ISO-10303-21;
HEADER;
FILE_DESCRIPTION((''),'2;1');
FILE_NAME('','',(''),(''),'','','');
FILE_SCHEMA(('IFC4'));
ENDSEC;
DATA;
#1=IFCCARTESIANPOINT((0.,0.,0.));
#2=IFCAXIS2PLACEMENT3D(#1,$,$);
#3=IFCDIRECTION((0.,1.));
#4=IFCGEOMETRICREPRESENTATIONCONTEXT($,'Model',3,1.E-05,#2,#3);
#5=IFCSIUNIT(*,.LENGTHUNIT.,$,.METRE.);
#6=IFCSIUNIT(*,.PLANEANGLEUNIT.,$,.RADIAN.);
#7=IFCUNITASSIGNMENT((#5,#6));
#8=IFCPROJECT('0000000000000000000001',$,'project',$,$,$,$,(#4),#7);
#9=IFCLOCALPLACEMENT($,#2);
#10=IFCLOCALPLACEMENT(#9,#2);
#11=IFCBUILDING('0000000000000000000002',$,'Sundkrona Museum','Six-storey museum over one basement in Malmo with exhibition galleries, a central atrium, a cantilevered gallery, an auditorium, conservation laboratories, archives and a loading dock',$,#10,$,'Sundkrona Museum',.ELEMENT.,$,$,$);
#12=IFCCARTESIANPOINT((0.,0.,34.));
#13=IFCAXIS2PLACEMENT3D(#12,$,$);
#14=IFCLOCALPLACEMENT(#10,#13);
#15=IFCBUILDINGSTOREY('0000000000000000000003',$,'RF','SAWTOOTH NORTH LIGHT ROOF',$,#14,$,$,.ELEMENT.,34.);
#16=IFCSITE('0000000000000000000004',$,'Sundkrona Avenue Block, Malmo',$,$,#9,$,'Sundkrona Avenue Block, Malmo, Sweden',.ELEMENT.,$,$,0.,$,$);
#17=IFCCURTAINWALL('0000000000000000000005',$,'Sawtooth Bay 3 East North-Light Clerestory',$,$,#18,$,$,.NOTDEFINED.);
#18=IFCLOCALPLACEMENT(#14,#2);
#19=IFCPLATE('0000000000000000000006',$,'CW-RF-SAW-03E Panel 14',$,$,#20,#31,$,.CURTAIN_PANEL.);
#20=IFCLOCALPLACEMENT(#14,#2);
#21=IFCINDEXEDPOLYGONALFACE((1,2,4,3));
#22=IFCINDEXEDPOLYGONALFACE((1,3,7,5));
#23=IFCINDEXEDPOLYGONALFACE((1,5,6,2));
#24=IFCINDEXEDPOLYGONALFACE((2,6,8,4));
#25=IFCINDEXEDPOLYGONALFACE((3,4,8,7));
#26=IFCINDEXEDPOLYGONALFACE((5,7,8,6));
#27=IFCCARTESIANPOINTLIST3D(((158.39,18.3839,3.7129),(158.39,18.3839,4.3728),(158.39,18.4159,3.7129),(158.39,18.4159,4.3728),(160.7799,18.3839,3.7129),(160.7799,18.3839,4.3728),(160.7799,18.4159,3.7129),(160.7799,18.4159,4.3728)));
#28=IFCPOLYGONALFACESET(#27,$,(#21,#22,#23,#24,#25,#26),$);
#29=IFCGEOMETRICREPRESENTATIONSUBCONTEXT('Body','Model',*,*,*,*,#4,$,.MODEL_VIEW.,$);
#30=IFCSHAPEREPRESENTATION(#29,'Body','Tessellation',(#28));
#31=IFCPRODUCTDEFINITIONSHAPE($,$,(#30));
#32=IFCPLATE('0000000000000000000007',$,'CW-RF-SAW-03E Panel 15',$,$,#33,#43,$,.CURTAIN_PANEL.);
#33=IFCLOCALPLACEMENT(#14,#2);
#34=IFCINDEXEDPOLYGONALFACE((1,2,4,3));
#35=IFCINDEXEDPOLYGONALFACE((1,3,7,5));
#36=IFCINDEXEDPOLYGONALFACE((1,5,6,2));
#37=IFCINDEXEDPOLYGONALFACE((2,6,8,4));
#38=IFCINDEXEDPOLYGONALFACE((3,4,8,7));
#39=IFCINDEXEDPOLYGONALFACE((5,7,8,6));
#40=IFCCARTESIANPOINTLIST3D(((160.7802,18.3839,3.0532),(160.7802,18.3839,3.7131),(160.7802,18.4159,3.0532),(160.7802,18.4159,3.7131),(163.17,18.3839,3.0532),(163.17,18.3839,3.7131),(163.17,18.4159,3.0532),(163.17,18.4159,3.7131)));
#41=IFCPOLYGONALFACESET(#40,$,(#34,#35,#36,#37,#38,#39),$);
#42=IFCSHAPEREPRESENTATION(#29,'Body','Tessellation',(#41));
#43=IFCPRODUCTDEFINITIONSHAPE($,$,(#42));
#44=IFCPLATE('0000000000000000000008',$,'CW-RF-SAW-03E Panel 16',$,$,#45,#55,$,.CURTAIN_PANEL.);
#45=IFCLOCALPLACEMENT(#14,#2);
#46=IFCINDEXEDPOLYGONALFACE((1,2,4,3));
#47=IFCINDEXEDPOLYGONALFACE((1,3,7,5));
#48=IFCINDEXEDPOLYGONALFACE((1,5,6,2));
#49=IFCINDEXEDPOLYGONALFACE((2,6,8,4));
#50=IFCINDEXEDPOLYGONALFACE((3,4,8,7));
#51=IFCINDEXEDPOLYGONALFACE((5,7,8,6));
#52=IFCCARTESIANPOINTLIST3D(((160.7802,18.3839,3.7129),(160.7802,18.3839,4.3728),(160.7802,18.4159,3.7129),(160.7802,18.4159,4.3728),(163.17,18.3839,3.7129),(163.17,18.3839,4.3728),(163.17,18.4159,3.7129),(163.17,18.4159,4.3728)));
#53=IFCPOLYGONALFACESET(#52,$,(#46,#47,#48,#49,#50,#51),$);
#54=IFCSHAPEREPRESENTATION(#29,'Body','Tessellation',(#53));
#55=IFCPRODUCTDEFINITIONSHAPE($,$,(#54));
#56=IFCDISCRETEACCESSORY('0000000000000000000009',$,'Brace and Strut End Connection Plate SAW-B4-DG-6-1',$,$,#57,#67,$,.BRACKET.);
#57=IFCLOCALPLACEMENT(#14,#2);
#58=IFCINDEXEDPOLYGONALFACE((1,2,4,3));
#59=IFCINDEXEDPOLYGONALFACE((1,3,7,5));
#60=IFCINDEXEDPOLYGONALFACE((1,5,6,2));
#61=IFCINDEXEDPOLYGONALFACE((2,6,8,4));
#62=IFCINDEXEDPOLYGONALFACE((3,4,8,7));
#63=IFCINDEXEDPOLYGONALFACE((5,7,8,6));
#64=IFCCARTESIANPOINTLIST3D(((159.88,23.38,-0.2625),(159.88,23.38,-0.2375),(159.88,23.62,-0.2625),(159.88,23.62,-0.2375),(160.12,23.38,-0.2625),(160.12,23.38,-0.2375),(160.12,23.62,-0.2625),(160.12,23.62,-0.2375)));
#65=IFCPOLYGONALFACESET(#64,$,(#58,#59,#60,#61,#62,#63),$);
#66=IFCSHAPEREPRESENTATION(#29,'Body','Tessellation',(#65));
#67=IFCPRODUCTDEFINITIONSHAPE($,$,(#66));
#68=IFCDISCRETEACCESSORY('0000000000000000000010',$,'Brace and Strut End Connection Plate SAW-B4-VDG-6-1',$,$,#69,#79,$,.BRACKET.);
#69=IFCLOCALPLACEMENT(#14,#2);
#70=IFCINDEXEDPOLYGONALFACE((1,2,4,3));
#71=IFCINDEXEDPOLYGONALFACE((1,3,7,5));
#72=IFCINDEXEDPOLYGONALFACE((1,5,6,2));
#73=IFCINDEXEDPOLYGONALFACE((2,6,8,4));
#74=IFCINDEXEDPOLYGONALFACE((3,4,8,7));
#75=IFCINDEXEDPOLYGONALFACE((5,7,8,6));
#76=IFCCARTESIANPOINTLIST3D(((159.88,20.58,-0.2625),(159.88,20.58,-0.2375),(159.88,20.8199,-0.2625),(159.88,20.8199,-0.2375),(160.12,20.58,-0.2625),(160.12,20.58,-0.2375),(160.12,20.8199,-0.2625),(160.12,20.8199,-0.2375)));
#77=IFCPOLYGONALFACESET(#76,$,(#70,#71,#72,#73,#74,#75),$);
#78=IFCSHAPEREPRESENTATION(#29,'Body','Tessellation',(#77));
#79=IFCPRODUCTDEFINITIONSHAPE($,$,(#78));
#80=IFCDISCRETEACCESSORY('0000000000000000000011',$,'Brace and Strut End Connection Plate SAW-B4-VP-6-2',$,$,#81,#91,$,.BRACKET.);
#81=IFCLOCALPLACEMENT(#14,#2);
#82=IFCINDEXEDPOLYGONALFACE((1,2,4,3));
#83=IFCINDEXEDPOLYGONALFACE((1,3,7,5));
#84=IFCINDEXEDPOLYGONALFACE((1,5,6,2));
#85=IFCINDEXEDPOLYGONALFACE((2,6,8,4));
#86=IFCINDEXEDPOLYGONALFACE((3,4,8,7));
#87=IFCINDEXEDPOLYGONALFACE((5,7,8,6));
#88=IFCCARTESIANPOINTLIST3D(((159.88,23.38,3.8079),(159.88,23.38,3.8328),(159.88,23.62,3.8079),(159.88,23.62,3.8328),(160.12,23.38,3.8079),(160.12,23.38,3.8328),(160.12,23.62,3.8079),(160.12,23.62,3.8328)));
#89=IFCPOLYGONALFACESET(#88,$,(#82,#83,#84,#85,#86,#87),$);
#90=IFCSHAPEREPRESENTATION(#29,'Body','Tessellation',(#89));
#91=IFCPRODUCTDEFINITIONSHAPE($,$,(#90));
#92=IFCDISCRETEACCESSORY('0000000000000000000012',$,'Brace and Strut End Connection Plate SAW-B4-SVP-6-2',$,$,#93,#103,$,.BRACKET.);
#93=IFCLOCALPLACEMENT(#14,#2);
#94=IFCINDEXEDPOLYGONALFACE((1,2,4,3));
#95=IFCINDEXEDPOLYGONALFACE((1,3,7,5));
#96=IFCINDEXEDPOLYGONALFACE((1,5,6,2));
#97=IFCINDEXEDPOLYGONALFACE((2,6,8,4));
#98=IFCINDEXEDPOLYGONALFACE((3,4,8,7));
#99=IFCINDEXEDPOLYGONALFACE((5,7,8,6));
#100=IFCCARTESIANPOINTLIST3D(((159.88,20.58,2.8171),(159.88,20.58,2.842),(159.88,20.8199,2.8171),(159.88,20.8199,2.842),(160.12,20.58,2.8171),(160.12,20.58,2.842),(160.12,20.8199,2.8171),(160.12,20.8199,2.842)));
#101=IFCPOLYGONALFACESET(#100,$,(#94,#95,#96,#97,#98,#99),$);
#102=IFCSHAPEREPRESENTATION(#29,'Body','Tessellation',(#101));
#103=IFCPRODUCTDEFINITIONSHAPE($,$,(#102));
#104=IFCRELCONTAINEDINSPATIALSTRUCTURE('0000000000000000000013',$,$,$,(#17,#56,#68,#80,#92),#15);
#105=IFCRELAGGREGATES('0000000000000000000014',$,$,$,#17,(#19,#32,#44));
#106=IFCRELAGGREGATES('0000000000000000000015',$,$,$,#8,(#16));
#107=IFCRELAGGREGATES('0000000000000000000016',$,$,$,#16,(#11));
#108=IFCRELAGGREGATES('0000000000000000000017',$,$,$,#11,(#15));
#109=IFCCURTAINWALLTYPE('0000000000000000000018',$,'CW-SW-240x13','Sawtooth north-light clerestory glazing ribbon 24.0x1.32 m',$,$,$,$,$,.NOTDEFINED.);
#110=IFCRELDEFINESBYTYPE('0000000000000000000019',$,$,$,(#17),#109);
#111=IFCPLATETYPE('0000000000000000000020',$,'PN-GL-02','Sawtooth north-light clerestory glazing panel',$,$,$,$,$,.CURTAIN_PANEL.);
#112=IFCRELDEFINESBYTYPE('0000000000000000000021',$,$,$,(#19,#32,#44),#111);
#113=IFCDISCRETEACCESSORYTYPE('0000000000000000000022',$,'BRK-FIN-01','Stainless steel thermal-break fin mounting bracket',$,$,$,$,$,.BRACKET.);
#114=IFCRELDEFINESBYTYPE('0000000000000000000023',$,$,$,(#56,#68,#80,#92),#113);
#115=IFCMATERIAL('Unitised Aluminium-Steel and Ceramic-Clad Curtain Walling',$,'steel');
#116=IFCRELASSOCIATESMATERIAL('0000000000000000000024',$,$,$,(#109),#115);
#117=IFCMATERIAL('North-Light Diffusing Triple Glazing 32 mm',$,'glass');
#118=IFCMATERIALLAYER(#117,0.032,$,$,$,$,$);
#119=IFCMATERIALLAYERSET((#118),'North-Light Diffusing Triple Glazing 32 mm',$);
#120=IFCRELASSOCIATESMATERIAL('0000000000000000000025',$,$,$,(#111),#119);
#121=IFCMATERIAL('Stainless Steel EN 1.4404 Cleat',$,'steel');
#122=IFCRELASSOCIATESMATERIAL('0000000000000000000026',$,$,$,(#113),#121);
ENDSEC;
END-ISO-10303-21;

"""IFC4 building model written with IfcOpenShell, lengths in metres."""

from ifc_helpers import new_model, si_unit, direction, frame, origin, origin_2d, place, context, subcontext, project, spatial, rectangle, extrude, material, layer, layer_set, type_object, element, aggregate, save


model = new_model("IFC4")

# Units and contexts
model_context = context("Model", 3, precision=1e-05, world=origin(), true_north=direction((0.0, 1.0)))
body_context = subcontext(model_context, "Body", "Model", "MODEL_VIEW")
ifc_project = project(units=[si_unit("LENGTHUNIT", "METRE"), si_unit("PLANEANGLEUNIT", "RADIAN")], contexts=[model_context])

# Site, building, storey
site_placement = place(None, origin())
site = spatial("IfcSite", under=ifc_project, at=site_placement, Name="Sundkrona Avenue Block, Malmo", LongName="Sundkrona Avenue Block, Malmo, Sweden", CompositionType="ELEMENT", RefElevation=0.0)
building_placement = place(site_placement, origin())
building = spatial("IfcBuilding", under=site, at=building_placement, Name="Sundkrona Museum", Description="Six-storey museum over one basement in Malmo with exhibition galleries, a central atrium, a cantilevered gallery, an auditorium, conservation laboratories, archives and a loading dock", LongName="Sundkrona Museum", CompositionType="ELEMENT")
storey_placement = place(building_placement, frame((0.0, 0.0, 34.0)))
storey = spatial("IfcBuildingStorey", under=building, at=storey_placement, Name="RF", Description="SAWTOOTH NORTH LIGHT ROOF", CompositionType="ELEMENT", Elevation=34.0)

# Curtain wall
ifc_material_1 = material(Name="Unitised Aluminium-Steel and Ceramic-Clad Curtain Walling", Category="steel")
curtain_wall_type = type_object("IfcCurtainWallType", Name="CW-SW-240x13", Description="Sawtooth north-light clerestory glazing ribbon 24.0x1.32 m", PredefinedType="NOTDEFINED", material=ifc_material_1)
curtain_wall_placement = place(storey_placement, origin())
curtain_wall = element("IfcCurtainWall", 1, at=curtain_wall_placement, inside=storey, type_object=curtain_wall_type, Name="Sawtooth Bay 3 East North-Light Clerestory", PredefinedType="NOTDEFINED")

# Plates
ifc_material_2 = material(Name="North-Light Diffusing Triple Glazing 32 mm", Category="glass")
ifc_layer = layer(ifc_material_2, 0.032)
ifc_layer_set = layer_set([ifc_layer], Name="North-Light Diffusing Triple Glazing 32 mm")
plate_type = type_object("IfcPlateType", Name="PN-GL-02", Description="Sawtooth north-light clerestory glazing panel", PredefinedType="CURTAIN_PANEL", material=ifc_layer_set)
plate_1_placement = place(storey_placement, frame((159.585, 18.3999, 3.7129), z_axis=(0.0, 0.0, 1.0), x_axis=(1.0, 0.0, 0.0)))
plate_1 = element("IfcPlate", 2, at=plate_1_placement, type_object=plate_type, Name="CW-RF-SAW-03E Panel 14", PredefinedType="CURTAIN_PANEL", context=body_context, shape_type="SweptSolid", body=[
    extrude(rectangle(XDim=2.3899, YDim=0.032, at=origin_2d()), origin(), (0.0, 0.0, 1.0), 0.6599),
])
plate_2_placement = place(storey_placement, frame((161.9751, 18.3999, 3.0532), z_axis=(0.0, 0.0, 1.0), x_axis=(1.0, 0.0, 0.0)))
plate_2 = element("IfcPlate", 3, at=plate_2_placement, type_object=plate_type, Name="CW-RF-SAW-03E Panel 15", PredefinedType="CURTAIN_PANEL", context=body_context, shape_type="SweptSolid", body=[
    extrude(rectangle(XDim=2.3899, YDim=0.032, at=origin_2d()), origin(), (0.0, 0.0, 1.0), 0.6599),
])
plate_3_placement = place(storey_placement, frame((161.9751, 18.3999, 3.7129), z_axis=(0.0, 0.0, 1.0), x_axis=(1.0, 0.0, 0.0)))
plate_3 = element("IfcPlate", 4, at=plate_3_placement, type_object=plate_type, Name="CW-RF-SAW-03E Panel 16", PredefinedType="CURTAIN_PANEL", context=body_context, shape_type="SweptSolid", body=[
    extrude(rectangle(XDim=2.3899, YDim=0.032, at=origin_2d()), origin(), (0.0, 0.0, 1.0), 0.6599),
])
aggregate(curtain_wall, [plate_1, plate_2, plate_3])

# Discrete accessories
ifc_material_3 = material(Name="Stainless Steel EN 1.4404 Cleat", Category="steel")
discrete_accessory_type = type_object("IfcDiscreteAccessoryType", Name="BRK-FIN-01", Description="Stainless steel thermal-break fin mounting bracket", PredefinedType="BRACKET", material=ifc_material_3)
for number, where, z_axis, x_axis, name in (
    (5, (160.0, 23.5, -0.2625), (0.0, 0.0, 1.0), (1.0, 0.0, 0.0), "Brace and Strut End Connection Plate SAW-B4-DG-6-1"),
    (6, (160.0, 20.7, -0.2625), (0.0, 0.0, 1.0), (1.0, 0.0, 0.0), "Brace and Strut End Connection Plate SAW-B4-VDG-6-1"),
    (7, (160.0, 23.5, 3.8079), (0.0, 0.0, 1.0), (1.0, 0.0, 0.0), "Brace and Strut End Connection Plate SAW-B4-VP-6-2"),
    (8, (160.0, 20.7, 2.8171), (0.0, 0.0, 1.0), (1.0, 0.0, 0.0), "Brace and Strut End Connection Plate SAW-B4-SVP-6-2"),
):
    element("IfcDiscreteAccessory", number, at=place(storey_placement, frame(where, z_axis=z_axis, x_axis=x_axis)), inside=storey, type_object=discrete_accessory_type, Name=name, PredefinedType="BRACKET", context=body_context, shape_type="SweptSolid", body=[
        extrude(rectangle(XDim=0.24, YDim=0.24, at=origin_2d()), origin(), (0.0, 0.0, 1.0), 0.0249),
    ])

save(model, "model.ifc")
